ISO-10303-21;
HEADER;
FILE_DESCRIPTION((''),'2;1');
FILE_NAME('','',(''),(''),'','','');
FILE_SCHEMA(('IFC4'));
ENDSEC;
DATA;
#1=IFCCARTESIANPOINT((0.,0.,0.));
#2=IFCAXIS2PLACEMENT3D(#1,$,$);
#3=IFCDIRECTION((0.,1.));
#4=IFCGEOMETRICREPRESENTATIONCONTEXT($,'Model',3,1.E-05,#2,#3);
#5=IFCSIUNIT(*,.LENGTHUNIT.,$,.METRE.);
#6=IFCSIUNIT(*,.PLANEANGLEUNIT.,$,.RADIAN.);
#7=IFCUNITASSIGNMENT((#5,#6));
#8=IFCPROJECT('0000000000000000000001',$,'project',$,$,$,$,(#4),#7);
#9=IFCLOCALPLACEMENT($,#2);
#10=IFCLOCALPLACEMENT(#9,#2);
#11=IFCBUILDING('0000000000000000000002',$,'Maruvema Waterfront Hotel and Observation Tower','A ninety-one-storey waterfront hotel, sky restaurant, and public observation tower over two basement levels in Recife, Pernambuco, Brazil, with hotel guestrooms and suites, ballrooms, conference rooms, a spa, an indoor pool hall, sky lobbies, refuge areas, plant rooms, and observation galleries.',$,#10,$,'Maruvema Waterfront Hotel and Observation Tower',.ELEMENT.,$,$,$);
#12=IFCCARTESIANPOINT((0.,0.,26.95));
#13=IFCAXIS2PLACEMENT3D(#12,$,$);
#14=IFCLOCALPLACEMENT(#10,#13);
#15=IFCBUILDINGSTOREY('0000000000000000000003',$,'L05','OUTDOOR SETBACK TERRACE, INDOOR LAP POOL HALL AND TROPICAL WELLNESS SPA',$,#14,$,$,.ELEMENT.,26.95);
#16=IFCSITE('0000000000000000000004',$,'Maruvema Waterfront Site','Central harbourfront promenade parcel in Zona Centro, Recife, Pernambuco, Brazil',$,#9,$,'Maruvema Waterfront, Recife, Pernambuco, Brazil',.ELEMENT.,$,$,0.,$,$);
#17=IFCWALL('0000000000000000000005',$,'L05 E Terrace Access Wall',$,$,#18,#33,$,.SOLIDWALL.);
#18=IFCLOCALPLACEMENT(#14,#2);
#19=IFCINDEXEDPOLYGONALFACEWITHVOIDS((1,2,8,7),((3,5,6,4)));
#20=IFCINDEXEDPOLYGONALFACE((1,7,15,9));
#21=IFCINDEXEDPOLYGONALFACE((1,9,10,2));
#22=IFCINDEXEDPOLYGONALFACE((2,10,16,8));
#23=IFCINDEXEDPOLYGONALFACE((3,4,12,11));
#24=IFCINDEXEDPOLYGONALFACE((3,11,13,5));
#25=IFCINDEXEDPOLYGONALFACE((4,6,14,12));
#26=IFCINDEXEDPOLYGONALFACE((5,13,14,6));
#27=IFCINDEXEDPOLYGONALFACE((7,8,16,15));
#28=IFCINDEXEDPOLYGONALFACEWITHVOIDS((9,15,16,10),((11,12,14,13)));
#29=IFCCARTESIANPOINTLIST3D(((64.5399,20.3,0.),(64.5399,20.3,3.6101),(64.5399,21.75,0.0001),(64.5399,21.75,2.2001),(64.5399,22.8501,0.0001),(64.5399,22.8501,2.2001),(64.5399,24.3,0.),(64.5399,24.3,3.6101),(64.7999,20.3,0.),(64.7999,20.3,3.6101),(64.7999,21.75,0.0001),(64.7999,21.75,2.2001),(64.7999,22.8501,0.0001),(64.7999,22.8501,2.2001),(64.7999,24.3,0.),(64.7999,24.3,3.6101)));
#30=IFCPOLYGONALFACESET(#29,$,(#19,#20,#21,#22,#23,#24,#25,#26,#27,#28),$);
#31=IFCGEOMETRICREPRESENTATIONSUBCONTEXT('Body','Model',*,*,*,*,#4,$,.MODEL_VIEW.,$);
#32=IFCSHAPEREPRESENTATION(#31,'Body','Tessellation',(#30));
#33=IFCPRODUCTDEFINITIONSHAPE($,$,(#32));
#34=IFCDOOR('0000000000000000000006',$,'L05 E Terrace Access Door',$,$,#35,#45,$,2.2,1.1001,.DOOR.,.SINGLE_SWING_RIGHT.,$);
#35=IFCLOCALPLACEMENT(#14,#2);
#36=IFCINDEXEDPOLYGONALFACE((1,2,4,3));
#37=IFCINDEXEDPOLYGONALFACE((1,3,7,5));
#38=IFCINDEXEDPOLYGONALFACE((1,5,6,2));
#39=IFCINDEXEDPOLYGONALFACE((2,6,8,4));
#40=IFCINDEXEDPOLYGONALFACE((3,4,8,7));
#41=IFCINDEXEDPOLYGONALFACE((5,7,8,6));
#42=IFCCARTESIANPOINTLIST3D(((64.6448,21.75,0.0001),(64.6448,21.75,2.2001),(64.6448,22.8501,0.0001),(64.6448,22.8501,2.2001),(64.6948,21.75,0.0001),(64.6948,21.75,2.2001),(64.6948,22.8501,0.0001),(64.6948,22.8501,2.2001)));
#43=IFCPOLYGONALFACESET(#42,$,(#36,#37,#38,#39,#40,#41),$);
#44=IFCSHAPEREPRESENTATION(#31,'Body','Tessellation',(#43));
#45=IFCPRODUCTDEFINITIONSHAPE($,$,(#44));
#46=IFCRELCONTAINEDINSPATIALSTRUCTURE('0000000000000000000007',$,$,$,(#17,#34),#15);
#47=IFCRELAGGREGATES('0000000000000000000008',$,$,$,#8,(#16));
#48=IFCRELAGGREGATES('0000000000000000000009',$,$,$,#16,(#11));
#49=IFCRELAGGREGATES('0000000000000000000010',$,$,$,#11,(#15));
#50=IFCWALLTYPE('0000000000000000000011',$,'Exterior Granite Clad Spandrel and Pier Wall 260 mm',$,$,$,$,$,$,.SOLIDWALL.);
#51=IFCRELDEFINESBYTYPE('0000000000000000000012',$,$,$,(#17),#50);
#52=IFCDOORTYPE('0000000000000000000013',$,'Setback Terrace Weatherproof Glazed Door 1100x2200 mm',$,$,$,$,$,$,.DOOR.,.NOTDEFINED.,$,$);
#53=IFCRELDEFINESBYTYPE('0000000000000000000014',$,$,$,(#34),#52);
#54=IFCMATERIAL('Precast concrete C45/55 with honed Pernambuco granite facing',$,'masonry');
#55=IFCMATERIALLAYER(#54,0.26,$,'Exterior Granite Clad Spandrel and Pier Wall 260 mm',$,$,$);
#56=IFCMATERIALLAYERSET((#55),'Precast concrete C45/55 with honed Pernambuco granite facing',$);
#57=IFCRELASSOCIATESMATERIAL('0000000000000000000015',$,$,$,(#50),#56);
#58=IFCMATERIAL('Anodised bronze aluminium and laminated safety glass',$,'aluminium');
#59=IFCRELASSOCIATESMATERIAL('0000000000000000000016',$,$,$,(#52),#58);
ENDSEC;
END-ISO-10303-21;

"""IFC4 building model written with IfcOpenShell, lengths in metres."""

from ifc_helpers import new_model, si_unit, direction, frame, frame_2d, origin, place, context, subcontext, project, spatial, rectangle, extrude, material, layer, layer_set, type_object, element, fill, save


model = new_model("IFC4")

# Units and contexts
model_context = context("Model", 3, precision=1e-05, world=origin(), true_north=direction((0.0, 1.0)))
body_context = subcontext(model_context, "Body", "Model", "MODEL_VIEW")
ifc_project = project(units=[si_unit("LENGTHUNIT", "METRE"), si_unit("PLANEANGLEUNIT", "RADIAN")], contexts=[model_context])

# Site, building, storey
site_placement = place(None, origin())
site = spatial("IfcSite", under=ifc_project, at=site_placement, Name="Maruvema Waterfront Site", Description="Central harbourfront promenade parcel in Zona Centro, Recife, Pernambuco, Brazil", LongName="Maruvema Waterfront, Recife, Pernambuco, Brazil", CompositionType="ELEMENT", RefElevation=0.0)
building_placement = place(site_placement, origin())
building = spatial("IfcBuilding", under=site, at=building_placement, Name="Maruvema Waterfront Hotel and Observation Tower", Description="A ninety-one-storey waterfront hotel, sky restaurant, and public observation tower over two basement levels in Recife, Pernambuco, Brazil, with hotel guestrooms and suites, ballrooms, conference rooms, a spa, an indoor pool hall, sky lobbies, refuge areas, plant rooms, and observation galleries.", LongName="Maruvema Waterfront Hotel and Observation Tower", CompositionType="ELEMENT")
storey_placement = place(building_placement, frame((0.0, 0.0, 26.95)))
storey = spatial("IfcBuildingStorey", under=building, at=storey_placement, Name="L05", Description="OUTDOOR SETBACK TERRACE, INDOOR LAP POOL HALL AND TROPICAL WELLNESS SPA", CompositionType="ELEMENT", Elevation=26.95)

# Wall, opening, door
ifc_material_1 = material(Name="Precast concrete C45/55 with honed Pernambuco granite facing", Category="masonry")
ifc_layer_1 = layer(ifc_material_1, 0.26, Name="Exterior Granite Clad Spandrel and Pier Wall 260 mm")
ifc_layer_set_1 = layer_set([ifc_layer_1], Name="Precast concrete C45/55 with honed Pernambuco granite facing")
wall_type_1 = type_object("IfcWallType", Name="Exterior Granite Clad Spandrel and Pier Wall 260 mm", PredefinedType="SOLIDWALL", material=ifc_layer_set_1)
wall_1_placement = place(storey_placement, frame((64.6699, 20.3, 0.0), z_axis=(0.0, 0.0, 1.0), x_axis=(0.0, 1.0, 0.0)))
wall_1 = element("IfcWall", 1, at=wall_1_placement, inside=storey, type_object=wall_type_1, Name="L05 E Terrace Access Wall", PredefinedType="SOLIDWALL", context=body_context, shape_type="SweptSolid", body=[
    extrude(rectangle(XDim=4.0, YDim=0.26, at=frame_2d((2.0, 0.0))), origin(), (0.0, 0.0, 1.0), 3.6101),
])
opening_placement = place(wall_1_placement, frame((1.45, 0.0, 0.0)))
opening = element("IfcOpeningElement", 2, at=opening_placement, cuts=wall_1, PredefinedType="OPENING", context=body_context, shape_type="SweptSolid", body=[
    extrude(rectangle(XDim=1.1001, YDim=2.2, at=frame_2d((0.55, 1.1001))), frame((0.0, 0.1401, 0.0), z_axis=(0.0, -1.0, 0.0), x_axis=(1.0, 0.0, 0.0)), (0.0, 0.0, 1.0), 0.28),
])
ifc_material_2 = material(Name="Anodised bronze aluminium and laminated safety glass", Category="aluminium")
door_type = type_object("IfcDoorType", Name="Setback Terrace Weatherproof Glazed Door 1100x2200 mm", OperationType="NOTDEFINED", PredefinedType="DOOR", material=ifc_material_2)
door_placement = place(opening_placement, frame((1.1001, 0.0, 0.0), z_axis=(0.0, 0.0, 1.0), x_axis=(-1.0, 0.0, 0.0)))
door = element("IfcDoor", 3, at=door_placement, inside=storey, type_object=door_type, Name="L05 E Terrace Access Door", OperationType="SINGLE_SWING_RIGHT", OverallHeight=2.2, OverallWidth=1.1001, PredefinedType="DOOR", context=body_context, shape_type="SweptSolid", body=[
    extrude(rectangle(XDim=1.1001, YDim=2.2, at=frame_2d((0.55, 1.1001))), frame((0.0, 0.0249, 0.0), z_axis=(0.0, -1.0, 0.0), x_axis=(1.0, 0.0, 0.0)), (0.0, 0.0, 1.0), 0.05),
])
fill(opening, door)

save(model, "model.ifc")
